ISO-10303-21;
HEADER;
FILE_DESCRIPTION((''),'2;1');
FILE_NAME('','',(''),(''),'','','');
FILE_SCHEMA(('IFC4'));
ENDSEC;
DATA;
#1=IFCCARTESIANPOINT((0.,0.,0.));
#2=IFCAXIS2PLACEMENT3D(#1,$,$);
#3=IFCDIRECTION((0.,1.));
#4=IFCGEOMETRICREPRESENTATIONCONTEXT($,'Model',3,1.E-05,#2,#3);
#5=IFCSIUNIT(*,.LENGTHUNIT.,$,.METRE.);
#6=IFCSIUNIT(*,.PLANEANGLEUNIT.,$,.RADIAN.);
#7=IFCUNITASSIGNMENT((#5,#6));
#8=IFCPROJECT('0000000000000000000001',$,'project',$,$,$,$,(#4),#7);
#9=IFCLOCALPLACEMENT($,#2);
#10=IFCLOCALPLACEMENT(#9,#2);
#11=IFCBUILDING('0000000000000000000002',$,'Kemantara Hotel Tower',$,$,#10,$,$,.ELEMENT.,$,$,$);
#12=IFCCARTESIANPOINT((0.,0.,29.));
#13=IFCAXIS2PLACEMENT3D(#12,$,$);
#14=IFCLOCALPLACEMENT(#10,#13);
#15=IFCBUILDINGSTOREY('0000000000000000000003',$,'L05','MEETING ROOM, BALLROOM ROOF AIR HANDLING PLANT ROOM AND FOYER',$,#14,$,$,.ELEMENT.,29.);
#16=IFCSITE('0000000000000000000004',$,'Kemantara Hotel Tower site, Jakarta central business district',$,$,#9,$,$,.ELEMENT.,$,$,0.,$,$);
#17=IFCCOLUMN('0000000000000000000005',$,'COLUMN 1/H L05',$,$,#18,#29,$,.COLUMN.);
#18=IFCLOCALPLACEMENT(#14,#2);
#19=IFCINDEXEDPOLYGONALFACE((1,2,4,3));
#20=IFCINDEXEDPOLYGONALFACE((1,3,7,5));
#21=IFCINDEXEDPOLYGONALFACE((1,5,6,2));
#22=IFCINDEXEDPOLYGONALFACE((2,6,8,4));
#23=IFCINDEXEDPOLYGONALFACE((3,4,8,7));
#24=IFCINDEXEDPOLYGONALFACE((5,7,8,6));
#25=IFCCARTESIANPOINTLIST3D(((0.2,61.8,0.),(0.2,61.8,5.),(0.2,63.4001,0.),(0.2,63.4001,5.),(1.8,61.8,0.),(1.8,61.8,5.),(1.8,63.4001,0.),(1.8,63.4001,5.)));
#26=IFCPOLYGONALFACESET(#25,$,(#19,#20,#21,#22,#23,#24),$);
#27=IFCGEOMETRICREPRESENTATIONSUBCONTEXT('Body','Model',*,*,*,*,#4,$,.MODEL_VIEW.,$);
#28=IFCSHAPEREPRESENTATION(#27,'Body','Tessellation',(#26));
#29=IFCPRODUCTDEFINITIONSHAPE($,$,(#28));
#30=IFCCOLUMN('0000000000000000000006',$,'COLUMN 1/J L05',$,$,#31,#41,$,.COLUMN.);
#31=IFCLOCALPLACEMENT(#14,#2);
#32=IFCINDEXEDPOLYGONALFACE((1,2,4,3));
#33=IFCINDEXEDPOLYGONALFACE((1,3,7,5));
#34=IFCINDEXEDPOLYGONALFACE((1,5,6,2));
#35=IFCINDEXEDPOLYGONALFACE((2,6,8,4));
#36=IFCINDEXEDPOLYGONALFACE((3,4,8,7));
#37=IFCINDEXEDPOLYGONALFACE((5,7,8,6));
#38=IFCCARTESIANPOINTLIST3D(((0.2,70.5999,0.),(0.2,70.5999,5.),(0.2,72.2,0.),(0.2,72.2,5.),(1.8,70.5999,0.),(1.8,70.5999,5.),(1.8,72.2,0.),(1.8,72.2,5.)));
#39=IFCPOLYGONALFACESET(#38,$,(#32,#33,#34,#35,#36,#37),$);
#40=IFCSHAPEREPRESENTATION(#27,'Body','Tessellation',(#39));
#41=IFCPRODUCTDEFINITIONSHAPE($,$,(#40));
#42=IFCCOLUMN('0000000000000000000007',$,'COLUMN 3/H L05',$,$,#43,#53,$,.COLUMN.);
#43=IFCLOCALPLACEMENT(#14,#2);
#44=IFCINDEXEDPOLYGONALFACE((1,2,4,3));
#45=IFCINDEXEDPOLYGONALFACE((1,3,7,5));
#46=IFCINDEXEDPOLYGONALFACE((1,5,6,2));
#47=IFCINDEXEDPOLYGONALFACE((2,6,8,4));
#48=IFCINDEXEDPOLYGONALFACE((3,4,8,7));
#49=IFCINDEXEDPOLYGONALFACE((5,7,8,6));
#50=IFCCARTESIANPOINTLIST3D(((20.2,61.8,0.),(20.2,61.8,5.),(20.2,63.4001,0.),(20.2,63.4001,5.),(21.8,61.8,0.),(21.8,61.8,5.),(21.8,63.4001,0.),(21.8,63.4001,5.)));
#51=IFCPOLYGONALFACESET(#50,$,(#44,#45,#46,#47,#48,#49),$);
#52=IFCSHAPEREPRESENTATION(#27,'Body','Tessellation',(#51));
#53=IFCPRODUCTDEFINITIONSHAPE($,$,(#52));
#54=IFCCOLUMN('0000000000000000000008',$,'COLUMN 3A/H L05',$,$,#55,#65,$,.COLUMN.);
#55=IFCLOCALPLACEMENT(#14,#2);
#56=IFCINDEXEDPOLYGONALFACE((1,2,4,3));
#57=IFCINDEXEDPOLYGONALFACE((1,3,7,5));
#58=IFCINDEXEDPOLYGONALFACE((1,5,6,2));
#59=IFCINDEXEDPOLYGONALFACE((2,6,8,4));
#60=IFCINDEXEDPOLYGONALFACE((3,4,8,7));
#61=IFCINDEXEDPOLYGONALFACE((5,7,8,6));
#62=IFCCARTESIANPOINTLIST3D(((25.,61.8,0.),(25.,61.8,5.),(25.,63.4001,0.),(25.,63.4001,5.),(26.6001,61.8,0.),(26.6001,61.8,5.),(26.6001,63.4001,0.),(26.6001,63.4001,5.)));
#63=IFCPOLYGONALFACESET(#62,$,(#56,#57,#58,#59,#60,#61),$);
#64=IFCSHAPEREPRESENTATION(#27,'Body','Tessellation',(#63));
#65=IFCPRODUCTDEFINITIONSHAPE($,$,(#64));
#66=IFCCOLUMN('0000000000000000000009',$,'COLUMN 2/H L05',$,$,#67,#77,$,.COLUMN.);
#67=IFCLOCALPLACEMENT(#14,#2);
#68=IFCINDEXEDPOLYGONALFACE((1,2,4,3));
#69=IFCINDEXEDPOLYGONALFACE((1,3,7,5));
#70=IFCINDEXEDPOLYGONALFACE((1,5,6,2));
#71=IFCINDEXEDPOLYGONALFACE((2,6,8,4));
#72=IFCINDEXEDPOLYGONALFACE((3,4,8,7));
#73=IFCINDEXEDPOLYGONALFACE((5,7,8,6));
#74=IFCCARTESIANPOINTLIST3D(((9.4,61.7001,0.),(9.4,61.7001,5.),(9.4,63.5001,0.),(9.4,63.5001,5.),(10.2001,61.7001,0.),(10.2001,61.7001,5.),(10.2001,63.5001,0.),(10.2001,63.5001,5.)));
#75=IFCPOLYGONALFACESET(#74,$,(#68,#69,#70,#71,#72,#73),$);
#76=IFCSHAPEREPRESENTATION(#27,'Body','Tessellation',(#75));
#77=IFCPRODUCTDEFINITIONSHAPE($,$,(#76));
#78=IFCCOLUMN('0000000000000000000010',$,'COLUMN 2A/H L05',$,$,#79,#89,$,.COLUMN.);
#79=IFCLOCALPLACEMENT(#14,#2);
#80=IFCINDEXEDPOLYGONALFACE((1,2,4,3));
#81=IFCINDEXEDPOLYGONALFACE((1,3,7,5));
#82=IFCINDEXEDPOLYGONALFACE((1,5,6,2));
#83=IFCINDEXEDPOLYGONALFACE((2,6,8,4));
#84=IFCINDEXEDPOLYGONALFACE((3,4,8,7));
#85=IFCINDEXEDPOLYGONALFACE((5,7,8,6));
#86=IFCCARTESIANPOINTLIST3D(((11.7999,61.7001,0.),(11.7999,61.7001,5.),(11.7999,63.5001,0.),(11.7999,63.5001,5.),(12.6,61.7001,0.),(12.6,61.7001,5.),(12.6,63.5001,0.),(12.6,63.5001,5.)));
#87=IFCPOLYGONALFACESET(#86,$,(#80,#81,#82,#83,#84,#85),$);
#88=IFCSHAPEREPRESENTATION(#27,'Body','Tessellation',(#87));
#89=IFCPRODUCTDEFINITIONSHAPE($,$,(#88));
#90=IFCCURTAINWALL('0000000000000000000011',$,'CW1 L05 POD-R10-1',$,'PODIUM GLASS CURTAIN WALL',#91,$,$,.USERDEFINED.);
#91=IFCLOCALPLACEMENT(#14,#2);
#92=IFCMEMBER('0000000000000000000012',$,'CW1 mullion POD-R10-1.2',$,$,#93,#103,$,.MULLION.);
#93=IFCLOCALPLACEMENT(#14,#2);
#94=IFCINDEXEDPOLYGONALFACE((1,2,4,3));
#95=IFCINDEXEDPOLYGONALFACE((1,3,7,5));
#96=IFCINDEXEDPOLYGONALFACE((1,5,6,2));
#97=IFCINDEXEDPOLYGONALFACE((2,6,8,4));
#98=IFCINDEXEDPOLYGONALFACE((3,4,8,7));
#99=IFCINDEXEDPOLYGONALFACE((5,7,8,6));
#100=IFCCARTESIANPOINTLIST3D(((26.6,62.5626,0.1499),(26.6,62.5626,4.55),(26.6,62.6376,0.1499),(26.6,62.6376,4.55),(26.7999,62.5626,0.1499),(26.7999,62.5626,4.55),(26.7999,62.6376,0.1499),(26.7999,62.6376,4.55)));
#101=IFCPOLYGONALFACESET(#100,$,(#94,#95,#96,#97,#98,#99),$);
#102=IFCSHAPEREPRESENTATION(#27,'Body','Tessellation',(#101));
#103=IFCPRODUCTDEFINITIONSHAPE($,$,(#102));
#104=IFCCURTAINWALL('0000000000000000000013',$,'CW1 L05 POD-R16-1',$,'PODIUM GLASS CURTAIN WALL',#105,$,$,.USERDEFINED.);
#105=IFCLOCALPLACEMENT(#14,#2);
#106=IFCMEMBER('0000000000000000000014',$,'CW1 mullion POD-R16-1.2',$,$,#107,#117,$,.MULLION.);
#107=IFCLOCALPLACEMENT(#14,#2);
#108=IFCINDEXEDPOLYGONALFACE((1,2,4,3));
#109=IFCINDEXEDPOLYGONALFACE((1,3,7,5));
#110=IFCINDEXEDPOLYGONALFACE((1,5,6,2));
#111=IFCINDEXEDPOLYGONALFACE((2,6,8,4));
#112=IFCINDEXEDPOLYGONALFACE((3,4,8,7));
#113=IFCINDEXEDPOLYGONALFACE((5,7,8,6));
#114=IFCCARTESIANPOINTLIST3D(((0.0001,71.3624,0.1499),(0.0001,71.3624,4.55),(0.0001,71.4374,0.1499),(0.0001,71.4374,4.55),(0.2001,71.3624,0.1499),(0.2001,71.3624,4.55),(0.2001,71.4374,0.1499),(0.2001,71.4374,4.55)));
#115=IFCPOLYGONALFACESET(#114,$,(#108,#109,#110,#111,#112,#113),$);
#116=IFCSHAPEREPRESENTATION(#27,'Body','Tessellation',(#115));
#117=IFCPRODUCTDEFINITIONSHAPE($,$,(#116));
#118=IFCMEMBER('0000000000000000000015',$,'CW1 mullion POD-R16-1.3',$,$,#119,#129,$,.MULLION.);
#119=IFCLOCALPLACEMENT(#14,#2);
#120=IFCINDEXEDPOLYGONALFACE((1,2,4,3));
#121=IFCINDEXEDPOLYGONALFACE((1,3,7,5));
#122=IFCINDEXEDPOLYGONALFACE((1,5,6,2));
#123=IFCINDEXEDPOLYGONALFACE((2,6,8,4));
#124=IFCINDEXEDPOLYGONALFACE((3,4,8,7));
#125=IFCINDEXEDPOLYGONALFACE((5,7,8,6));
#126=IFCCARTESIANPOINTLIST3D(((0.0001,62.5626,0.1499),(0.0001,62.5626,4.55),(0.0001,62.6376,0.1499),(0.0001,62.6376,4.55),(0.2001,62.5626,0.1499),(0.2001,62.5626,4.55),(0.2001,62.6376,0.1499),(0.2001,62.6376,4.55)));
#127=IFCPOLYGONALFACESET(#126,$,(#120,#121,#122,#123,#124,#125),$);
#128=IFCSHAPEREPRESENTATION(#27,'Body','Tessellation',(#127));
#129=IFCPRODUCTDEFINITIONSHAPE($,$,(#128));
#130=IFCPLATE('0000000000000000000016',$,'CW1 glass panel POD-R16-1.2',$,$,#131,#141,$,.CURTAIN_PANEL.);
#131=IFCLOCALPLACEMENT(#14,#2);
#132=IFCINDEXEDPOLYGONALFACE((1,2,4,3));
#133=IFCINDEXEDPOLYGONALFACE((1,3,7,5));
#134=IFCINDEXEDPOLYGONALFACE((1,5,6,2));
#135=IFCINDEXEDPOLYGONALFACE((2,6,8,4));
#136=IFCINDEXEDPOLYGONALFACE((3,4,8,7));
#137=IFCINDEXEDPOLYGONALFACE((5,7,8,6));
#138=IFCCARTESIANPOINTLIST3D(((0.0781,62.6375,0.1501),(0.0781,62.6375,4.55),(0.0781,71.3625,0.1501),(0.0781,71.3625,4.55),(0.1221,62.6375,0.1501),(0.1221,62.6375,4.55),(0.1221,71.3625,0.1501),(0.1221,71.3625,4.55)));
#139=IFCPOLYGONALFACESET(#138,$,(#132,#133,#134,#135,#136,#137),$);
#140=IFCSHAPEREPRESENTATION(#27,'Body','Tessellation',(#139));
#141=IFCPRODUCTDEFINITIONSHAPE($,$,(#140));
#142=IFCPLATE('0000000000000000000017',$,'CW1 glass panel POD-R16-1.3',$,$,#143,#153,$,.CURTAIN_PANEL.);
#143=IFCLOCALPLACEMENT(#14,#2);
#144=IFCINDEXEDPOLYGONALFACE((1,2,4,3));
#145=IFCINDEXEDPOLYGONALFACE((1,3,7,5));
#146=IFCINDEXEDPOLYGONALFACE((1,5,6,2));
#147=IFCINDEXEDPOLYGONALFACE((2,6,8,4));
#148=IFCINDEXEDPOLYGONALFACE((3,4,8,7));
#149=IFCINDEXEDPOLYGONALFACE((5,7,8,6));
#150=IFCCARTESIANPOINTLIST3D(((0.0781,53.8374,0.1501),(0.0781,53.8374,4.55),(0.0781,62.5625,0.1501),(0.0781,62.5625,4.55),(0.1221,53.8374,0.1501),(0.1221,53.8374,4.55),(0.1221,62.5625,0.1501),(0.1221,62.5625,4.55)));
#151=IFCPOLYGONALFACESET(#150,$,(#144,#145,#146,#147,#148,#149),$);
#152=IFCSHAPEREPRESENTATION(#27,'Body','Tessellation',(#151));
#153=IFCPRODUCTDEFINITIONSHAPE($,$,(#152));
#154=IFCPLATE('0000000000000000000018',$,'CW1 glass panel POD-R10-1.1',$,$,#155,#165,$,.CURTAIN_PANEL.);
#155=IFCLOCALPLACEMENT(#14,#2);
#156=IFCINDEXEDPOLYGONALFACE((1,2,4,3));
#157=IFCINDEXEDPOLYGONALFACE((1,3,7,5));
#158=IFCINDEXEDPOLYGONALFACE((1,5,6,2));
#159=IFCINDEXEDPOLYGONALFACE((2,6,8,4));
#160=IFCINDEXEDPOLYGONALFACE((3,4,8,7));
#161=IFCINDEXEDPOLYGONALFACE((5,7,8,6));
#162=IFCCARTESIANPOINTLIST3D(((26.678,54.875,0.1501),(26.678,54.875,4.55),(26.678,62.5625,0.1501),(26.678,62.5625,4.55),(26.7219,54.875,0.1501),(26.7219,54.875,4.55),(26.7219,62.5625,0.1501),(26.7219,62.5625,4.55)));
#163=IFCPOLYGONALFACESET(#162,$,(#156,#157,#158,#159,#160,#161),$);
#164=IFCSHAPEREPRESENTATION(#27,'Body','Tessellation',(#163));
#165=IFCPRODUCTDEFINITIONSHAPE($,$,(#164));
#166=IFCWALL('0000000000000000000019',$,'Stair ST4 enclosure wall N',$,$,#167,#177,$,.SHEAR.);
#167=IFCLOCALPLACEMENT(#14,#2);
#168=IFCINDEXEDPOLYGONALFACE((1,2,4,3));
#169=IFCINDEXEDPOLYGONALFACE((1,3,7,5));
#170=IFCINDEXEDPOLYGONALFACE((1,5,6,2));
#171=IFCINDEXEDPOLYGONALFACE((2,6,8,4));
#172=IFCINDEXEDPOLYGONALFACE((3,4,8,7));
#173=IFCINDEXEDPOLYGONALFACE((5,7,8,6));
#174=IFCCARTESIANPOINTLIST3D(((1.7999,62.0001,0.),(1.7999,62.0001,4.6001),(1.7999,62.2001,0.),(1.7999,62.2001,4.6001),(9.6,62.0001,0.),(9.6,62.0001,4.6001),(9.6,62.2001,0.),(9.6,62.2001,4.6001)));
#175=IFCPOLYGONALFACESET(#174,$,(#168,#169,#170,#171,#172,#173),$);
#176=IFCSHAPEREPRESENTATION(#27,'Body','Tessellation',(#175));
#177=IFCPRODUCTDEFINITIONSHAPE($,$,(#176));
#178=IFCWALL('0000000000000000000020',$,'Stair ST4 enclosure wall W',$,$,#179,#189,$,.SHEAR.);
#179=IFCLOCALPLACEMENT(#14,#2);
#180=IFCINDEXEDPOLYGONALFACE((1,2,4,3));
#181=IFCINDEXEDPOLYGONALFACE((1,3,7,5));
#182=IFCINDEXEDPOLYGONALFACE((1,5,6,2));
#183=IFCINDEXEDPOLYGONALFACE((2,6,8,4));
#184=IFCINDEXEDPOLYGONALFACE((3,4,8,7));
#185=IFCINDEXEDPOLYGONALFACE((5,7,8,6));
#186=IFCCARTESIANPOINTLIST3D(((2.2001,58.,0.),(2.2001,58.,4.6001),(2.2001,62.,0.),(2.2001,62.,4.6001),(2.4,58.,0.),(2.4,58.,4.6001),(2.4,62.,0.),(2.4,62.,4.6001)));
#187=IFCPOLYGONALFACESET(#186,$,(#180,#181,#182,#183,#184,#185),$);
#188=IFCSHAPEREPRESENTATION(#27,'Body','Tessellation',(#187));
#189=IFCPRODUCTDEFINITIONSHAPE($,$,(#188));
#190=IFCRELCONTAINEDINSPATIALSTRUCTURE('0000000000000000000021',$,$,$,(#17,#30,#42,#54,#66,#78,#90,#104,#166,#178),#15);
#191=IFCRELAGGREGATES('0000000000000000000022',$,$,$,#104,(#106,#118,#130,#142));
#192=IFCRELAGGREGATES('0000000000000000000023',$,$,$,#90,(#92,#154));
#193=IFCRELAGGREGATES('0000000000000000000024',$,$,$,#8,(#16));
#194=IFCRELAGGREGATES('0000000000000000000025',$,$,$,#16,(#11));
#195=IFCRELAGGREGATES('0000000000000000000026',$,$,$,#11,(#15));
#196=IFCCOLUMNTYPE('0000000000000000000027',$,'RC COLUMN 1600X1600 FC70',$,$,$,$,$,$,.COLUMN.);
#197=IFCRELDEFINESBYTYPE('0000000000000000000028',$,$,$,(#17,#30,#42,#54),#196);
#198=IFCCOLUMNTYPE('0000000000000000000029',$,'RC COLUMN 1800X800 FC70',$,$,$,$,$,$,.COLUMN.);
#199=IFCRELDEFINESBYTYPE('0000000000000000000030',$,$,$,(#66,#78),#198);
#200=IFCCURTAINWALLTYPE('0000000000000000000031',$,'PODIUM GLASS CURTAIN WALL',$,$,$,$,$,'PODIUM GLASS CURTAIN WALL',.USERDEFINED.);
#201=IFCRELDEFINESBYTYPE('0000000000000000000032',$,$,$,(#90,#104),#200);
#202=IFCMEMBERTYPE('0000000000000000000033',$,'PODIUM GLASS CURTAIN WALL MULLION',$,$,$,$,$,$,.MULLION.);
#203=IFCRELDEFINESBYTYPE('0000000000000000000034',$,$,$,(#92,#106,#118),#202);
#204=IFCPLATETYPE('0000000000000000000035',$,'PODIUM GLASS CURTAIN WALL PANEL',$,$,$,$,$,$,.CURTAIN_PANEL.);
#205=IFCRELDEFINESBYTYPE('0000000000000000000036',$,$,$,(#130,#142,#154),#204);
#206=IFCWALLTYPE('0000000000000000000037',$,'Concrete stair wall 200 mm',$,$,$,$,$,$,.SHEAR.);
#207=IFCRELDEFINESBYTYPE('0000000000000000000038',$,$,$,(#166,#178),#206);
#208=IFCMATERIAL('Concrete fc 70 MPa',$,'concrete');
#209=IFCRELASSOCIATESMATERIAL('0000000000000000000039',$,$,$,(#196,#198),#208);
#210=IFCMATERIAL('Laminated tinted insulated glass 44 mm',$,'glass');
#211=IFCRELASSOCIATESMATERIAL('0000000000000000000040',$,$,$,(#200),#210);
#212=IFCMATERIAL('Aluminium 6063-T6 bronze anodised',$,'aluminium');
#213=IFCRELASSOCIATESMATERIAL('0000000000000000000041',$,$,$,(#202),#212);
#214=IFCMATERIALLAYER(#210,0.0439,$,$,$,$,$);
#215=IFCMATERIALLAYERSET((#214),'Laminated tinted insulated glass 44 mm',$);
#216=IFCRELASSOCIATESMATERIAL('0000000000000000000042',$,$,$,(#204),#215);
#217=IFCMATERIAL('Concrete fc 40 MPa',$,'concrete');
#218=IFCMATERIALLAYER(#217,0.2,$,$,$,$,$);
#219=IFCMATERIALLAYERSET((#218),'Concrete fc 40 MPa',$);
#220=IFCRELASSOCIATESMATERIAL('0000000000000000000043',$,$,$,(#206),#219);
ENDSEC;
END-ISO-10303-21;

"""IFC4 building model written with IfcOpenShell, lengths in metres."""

from ifc_helpers import new_model, si_unit, direction, frame, frame_2d, origin, origin_2d, place, context, subcontext, project, spatial, rectangle, extrude, source, transform, mapped, material, layer, layer_set, material_profile, profile_set, type_object, element, aggregate, save


model = new_model("IFC4")

# Units and contexts
model_context = context("Model", 3, precision=1e-05, world=origin(), true_north=direction((0.0, 1.0)))
body_context = subcontext(model_context, "Body", "Model", "MODEL_VIEW")
ifc_project = project(units=[si_unit("LENGTHUNIT", "METRE"), si_unit("PLANEANGLEUNIT", "RADIAN")], contexts=[model_context])

# Site, building, storey
site_placement = place(None, origin())
site = spatial("IfcSite", under=ifc_project, at=site_placement, Name="Kemantara Hotel Tower site, Jakarta central business district", CompositionType="ELEMENT", RefElevation=0.0)
building_placement = place(site_placement, origin())
building = spatial("IfcBuilding", under=site, at=building_placement, Name="Kemantara Hotel Tower", CompositionType="ELEMENT")
storey_placement = place(building_placement, frame((0.0, 0.0, 29.0)))
storey = spatial("IfcBuildingStorey", under=building, at=storey_placement, Name="L05", Description="MEETING ROOM, BALLROOM ROOF AIR HANDLING PLANT ROOM AND FOYER", CompositionType="ELEMENT", Elevation=29.0)

# Columns
ifc_material_1 = material(Name="Concrete fc 70 MPa", Category="concrete")
ifc_material_profile_1 = material_profile(ifc_material_1, rectangle(XDim=1.6001, YDim=1.6001, at=origin_2d()), Name="RC 1600X1600")
ifc_profile_set_1 = profile_set([ifc_material_profile_1], Name="Concrete fc 70 MPa")
column_type_1 = type_object("IfcColumnType", Name="RC COLUMN 1600X1600 FC70", PredefinedType="COLUMN", material=ifc_profile_set_1)
for number, where, z_axis, x_axis, name in (
    (1, (1.0, 62.6001, 0.0), (0.0, 0.0, 1.0), (1.0, 0.0, 0.0), "COLUMN 1/H L05"),
    (2, (1.0, 71.3999, 0.0), (0.0, 0.0, 1.0), (1.0, 0.0, 0.0), "COLUMN 1/J L05"),
    (3, (21.0, 62.6001, 0.0), (0.0, 0.0, 1.0), (1.0, 0.0, 0.0), "COLUMN 3/H L05"),
    (4, (25.8, 62.6001, 0.0), (0.0, 0.0, 1.0), (1.0, 0.0, 0.0), "COLUMN 3A/H L05"),
):
    element("IfcColumn", number, at=place(storey_placement, frame(where, z_axis=z_axis, x_axis=x_axis)), inside=storey, type_object=column_type_1, Name=name, PredefinedType="COLUMN", context=body_context, shape_type="SweptSolid", body=[
        extrude(rectangle(XDim=1.6001, YDim=1.6001, at=origin_2d()), origin(), (0.0, 0.0, 1.0), 5.0),
    ])
ifc_material_profile_2 = material_profile(ifc_material_1, rectangle(XDim=1.8, YDim=0.8, at=origin_2d()), Name="RC 1800X800")
ifc_profile_set_2 = profile_set([ifc_material_profile_2], Name="Concrete fc 70 MPa")
column_type_2 = type_object("IfcColumnType", Name="RC COLUMN 1800X800 FC70", PredefinedType="COLUMN", material=ifc_profile_set_2)
for number, where, z_axis, x_axis, name in (
    (5, (9.8, 62.6001, 0.0), (0.0, 0.0, 1.0), (0.0, 1.0, 0.0), "COLUMN 2/H L05"),
    (6, (12.2, 62.6001, 0.0), (0.0, 0.0, 1.0), (0.0, 1.0, 0.0), "COLUMN 2A/H L05"),
):
    element("IfcColumn", number, at=place(storey_placement, frame(where, z_axis=z_axis, x_axis=x_axis)), inside=storey, type_object=column_type_2, Name=name, PredefinedType="COLUMN", context=body_context, shape_type="SweptSolid", body=[
        extrude(rectangle(XDim=1.8, YDim=0.8, at=origin_2d()), origin(), (0.0, 0.0, 1.0), 5.0),
    ])

# Curtain wall, member
ifc_material_2 = material(Name="Laminated tinted insulated glass 44 mm", Category="glass")
curtain_wall_type = type_object("IfcCurtainWallType", Name="PODIUM GLASS CURTAIN WALL", ElementType="PODIUM GLASS CURTAIN WALL", PredefinedType="USERDEFINED", material=ifc_material_2)
curtain_wall_1_placement = place(storey_placement, origin())
curtain_wall_1 = element("IfcCurtainWall", 7, at=curtain_wall_1_placement, inside=storey, type_object=curtain_wall_type, Name="CW1 L05 POD-R10-1", ObjectType="PODIUM GLASS CURTAIN WALL", PredefinedType="USERDEFINED")
ifc_material_3 = material(Name="Aluminium 6063-T6 bronze anodised", Category="aluminium")
ifc_material_profile_3 = material_profile(ifc_material_3, rectangle(XDim=0.2, YDim=0.075, at=origin_2d()), Name="PODIUM GLASS CURTAIN WALL MULLION")
ifc_profile_set_3 = profile_set([ifc_material_profile_3], Name="Aluminium 6063-T6 bronze anodised")
member_type = type_object("IfcMemberType", Name="PODIUM GLASS CURTAIN WALL MULLION", PredefinedType="MULLION", material=ifc_profile_set_3)
shared_shape_1 = source(origin(), body_context, "Body", "SweptSolid", [
    extrude(rectangle(XDim=0.2, YDim=0.075, at=origin_2d()), origin(), (0.0, 0.0, 1.0), 4.4001),
])
member_1_placement = place(storey_placement, frame((26.7, 62.6001, 0.1499), z_axis=(0.0, 0.0, 1.0), x_axis=(-1.0, 0.0, 0.0)))
member_1 = element("IfcMember", 8, at=member_1_placement, type_object=member_type, Name="CW1 mullion POD-R10-1.2", PredefinedType="MULLION", context=body_context, shape_type="MappedRepresentation", body=[
    mapped(shared_shape_1, transform((0.0, 0.0, 0.0))),
])

# Curtain wall, members, plates
curtain_wall_2_placement = place(storey_placement, origin())
curtain_wall_2 = element("IfcCurtainWall", 9, at=curtain_wall_2_placement, inside=storey, type_object=curtain_wall_type, Name="CW1 L05 POD-R16-1", ObjectType="PODIUM GLASS CURTAIN WALL", PredefinedType="USERDEFINED")
member_2_placement = place(storey_placement, frame((0.1001, 71.3999, 0.1499), z_axis=(0.0, 0.0, 1.0), x_axis=(1.0, 0.0, 0.0)))
member_2 = element("IfcMember", 10, at=member_2_placement, type_object=member_type, Name="CW1 mullion POD-R16-1.2", PredefinedType="MULLION", context=body_context, shape_type="MappedRepresentation", body=[
    mapped(shared_shape_1, transform((0.0, 0.0, 0.0))),
])
member_3_placement = place(storey_placement, frame((0.1001, 62.6001, 0.1499), z_axis=(0.0, 0.0, 1.0), x_axis=(1.0, 0.0, 0.0)))
member_3 = element("IfcMember", 11, at=member_3_placement, type_object=member_type, Name="CW1 mullion POD-R16-1.3", PredefinedType="MULLION", context=body_context, shape_type="MappedRepresentation", body=[
    mapped(shared_shape_1, transform((0.0, 0.0, 0.0))),
])
ifc_layer_1 = layer(ifc_material_2, 0.0439)
ifc_layer_set_1 = layer_set([ifc_layer_1], Name="Laminated tinted insulated glass 44 mm")
plate_type = type_object("IfcPlateType", Name="PODIUM GLASS CURTAIN WALL PANEL", PredefinedType="CURTAIN_PANEL", material=ifc_layer_set_1)
shared_shape_2 = source(origin(), body_context, "Body", "SweptSolid", [
    extrude(rectangle(XDim=8.7251, YDim=0.0439, at=origin_2d()), origin(), (0.0, 0.0, 1.0), 4.3999),
])
plate_1_placement = place(storey_placement, frame((0.1001, 67.0, 0.1501), z_axis=(0.0, 0.0, 1.0), x_axis=(0.0, -1.0, 0.0)))
plate_1 = element("IfcPlate", 12, at=plate_1_placement, type_object=plate_type, Name="CW1 glass panel POD-R16-1.2", PredefinedType="CURTAIN_PANEL", context=body_context, shape_type="MappedRepresentation", body=[
    mapped(shared_shape_2, transform((0.0, 0.0, 0.0))),
])
plate_2_placement = place(storey_placement, frame((0.1001, 58.2, 0.1501), z_axis=(0.0, 0.0, 1.0), x_axis=(0.0, -1.0, 0.0)))
plate_2 = element("IfcPlate", 13, at=plate_2_placement, type_object=plate_type, Name="CW1 glass panel POD-R16-1.3", PredefinedType="CURTAIN_PANEL", context=body_context, shape_type="MappedRepresentation", body=[
    mapped(shared_shape_2, transform((0.0, 0.0, 0.0))),
])
aggregate(curtain_wall_2, [member_2, member_3, plate_1, plate_2])

# Plate
shared_shape_3 = source(origin(), body_context, "Body", "SweptSolid", [
    extrude(rectangle(XDim=7.6875, YDim=0.0439, at=origin_2d()), origin(), (0.0, 0.0, 1.0), 4.3999),
])
plate_3_placement = place(storey_placement, frame((26.7, 58.7188, 0.1501), z_axis=(0.0, 0.0, 1.0), x_axis=(0.0, 1.0, 0.0)))
plate_3 = element("IfcPlate", 14, at=plate_3_placement, type_object=plate_type, Name="CW1 glass panel POD-R10-1.1", PredefinedType="CURTAIN_PANEL", context=body_context, shape_type="MappedRepresentation", body=[
    mapped(shared_shape_3, transform((0.0, 0.0, 0.0))),
])
aggregate(curtain_wall_1, [member_1, plate_3])

# Walls
ifc_material_4 = material(Name="Concrete fc 40 MPa", Category="concrete")
ifc_layer_2 = layer(ifc_material_4, 0.2)
ifc_layer_set_2 = layer_set([ifc_layer_2], Name="Concrete fc 40 MPa")
wall_type_1 = type_object("IfcWallType", Name="Concrete stair wall 200 mm", PredefinedType="SHEAR", material=ifc_layer_set_2)
wall_1_placement = place(storey_placement, frame((1.8, 62.1001, 0.0), z_axis=(0.0, 0.0, 1.0), x_axis=(1.0, 0.0, 0.0)))
element("IfcWall", 15, at=wall_1_placement, inside=storey, type_object=wall_type_1, Name="Stair ST4 enclosure wall N", PredefinedType="SHEAR", context=body_context, shape_type="SweptSolid", body=[
    extrude(rectangle(XDim=7.8, YDim=0.2, at=frame_2d((3.8999, 0.0))), origin(), (0.0, 0.0, 1.0), 4.6001),
])
wall_2_placement = place(storey_placement, frame((2.3, 58.0, 0.0), z_axis=(0.0, 0.0, 1.0), x_axis=(0.0, 1.0, 0.0)))
element("IfcWall", 16, at=wall_2_placement, inside=storey, type_object=wall_type_1, Name="Stair ST4 enclosure wall W", PredefinedType="SHEAR", context=body_context, shape_type="SweptSolid", body=[
    extrude(rectangle(XDim=4.0, YDim=0.2, at=frame_2d((2.0, 0.0))), origin(), (0.0, 0.0, 1.0), 4.6001),
])

save(model, "model.ifc")
